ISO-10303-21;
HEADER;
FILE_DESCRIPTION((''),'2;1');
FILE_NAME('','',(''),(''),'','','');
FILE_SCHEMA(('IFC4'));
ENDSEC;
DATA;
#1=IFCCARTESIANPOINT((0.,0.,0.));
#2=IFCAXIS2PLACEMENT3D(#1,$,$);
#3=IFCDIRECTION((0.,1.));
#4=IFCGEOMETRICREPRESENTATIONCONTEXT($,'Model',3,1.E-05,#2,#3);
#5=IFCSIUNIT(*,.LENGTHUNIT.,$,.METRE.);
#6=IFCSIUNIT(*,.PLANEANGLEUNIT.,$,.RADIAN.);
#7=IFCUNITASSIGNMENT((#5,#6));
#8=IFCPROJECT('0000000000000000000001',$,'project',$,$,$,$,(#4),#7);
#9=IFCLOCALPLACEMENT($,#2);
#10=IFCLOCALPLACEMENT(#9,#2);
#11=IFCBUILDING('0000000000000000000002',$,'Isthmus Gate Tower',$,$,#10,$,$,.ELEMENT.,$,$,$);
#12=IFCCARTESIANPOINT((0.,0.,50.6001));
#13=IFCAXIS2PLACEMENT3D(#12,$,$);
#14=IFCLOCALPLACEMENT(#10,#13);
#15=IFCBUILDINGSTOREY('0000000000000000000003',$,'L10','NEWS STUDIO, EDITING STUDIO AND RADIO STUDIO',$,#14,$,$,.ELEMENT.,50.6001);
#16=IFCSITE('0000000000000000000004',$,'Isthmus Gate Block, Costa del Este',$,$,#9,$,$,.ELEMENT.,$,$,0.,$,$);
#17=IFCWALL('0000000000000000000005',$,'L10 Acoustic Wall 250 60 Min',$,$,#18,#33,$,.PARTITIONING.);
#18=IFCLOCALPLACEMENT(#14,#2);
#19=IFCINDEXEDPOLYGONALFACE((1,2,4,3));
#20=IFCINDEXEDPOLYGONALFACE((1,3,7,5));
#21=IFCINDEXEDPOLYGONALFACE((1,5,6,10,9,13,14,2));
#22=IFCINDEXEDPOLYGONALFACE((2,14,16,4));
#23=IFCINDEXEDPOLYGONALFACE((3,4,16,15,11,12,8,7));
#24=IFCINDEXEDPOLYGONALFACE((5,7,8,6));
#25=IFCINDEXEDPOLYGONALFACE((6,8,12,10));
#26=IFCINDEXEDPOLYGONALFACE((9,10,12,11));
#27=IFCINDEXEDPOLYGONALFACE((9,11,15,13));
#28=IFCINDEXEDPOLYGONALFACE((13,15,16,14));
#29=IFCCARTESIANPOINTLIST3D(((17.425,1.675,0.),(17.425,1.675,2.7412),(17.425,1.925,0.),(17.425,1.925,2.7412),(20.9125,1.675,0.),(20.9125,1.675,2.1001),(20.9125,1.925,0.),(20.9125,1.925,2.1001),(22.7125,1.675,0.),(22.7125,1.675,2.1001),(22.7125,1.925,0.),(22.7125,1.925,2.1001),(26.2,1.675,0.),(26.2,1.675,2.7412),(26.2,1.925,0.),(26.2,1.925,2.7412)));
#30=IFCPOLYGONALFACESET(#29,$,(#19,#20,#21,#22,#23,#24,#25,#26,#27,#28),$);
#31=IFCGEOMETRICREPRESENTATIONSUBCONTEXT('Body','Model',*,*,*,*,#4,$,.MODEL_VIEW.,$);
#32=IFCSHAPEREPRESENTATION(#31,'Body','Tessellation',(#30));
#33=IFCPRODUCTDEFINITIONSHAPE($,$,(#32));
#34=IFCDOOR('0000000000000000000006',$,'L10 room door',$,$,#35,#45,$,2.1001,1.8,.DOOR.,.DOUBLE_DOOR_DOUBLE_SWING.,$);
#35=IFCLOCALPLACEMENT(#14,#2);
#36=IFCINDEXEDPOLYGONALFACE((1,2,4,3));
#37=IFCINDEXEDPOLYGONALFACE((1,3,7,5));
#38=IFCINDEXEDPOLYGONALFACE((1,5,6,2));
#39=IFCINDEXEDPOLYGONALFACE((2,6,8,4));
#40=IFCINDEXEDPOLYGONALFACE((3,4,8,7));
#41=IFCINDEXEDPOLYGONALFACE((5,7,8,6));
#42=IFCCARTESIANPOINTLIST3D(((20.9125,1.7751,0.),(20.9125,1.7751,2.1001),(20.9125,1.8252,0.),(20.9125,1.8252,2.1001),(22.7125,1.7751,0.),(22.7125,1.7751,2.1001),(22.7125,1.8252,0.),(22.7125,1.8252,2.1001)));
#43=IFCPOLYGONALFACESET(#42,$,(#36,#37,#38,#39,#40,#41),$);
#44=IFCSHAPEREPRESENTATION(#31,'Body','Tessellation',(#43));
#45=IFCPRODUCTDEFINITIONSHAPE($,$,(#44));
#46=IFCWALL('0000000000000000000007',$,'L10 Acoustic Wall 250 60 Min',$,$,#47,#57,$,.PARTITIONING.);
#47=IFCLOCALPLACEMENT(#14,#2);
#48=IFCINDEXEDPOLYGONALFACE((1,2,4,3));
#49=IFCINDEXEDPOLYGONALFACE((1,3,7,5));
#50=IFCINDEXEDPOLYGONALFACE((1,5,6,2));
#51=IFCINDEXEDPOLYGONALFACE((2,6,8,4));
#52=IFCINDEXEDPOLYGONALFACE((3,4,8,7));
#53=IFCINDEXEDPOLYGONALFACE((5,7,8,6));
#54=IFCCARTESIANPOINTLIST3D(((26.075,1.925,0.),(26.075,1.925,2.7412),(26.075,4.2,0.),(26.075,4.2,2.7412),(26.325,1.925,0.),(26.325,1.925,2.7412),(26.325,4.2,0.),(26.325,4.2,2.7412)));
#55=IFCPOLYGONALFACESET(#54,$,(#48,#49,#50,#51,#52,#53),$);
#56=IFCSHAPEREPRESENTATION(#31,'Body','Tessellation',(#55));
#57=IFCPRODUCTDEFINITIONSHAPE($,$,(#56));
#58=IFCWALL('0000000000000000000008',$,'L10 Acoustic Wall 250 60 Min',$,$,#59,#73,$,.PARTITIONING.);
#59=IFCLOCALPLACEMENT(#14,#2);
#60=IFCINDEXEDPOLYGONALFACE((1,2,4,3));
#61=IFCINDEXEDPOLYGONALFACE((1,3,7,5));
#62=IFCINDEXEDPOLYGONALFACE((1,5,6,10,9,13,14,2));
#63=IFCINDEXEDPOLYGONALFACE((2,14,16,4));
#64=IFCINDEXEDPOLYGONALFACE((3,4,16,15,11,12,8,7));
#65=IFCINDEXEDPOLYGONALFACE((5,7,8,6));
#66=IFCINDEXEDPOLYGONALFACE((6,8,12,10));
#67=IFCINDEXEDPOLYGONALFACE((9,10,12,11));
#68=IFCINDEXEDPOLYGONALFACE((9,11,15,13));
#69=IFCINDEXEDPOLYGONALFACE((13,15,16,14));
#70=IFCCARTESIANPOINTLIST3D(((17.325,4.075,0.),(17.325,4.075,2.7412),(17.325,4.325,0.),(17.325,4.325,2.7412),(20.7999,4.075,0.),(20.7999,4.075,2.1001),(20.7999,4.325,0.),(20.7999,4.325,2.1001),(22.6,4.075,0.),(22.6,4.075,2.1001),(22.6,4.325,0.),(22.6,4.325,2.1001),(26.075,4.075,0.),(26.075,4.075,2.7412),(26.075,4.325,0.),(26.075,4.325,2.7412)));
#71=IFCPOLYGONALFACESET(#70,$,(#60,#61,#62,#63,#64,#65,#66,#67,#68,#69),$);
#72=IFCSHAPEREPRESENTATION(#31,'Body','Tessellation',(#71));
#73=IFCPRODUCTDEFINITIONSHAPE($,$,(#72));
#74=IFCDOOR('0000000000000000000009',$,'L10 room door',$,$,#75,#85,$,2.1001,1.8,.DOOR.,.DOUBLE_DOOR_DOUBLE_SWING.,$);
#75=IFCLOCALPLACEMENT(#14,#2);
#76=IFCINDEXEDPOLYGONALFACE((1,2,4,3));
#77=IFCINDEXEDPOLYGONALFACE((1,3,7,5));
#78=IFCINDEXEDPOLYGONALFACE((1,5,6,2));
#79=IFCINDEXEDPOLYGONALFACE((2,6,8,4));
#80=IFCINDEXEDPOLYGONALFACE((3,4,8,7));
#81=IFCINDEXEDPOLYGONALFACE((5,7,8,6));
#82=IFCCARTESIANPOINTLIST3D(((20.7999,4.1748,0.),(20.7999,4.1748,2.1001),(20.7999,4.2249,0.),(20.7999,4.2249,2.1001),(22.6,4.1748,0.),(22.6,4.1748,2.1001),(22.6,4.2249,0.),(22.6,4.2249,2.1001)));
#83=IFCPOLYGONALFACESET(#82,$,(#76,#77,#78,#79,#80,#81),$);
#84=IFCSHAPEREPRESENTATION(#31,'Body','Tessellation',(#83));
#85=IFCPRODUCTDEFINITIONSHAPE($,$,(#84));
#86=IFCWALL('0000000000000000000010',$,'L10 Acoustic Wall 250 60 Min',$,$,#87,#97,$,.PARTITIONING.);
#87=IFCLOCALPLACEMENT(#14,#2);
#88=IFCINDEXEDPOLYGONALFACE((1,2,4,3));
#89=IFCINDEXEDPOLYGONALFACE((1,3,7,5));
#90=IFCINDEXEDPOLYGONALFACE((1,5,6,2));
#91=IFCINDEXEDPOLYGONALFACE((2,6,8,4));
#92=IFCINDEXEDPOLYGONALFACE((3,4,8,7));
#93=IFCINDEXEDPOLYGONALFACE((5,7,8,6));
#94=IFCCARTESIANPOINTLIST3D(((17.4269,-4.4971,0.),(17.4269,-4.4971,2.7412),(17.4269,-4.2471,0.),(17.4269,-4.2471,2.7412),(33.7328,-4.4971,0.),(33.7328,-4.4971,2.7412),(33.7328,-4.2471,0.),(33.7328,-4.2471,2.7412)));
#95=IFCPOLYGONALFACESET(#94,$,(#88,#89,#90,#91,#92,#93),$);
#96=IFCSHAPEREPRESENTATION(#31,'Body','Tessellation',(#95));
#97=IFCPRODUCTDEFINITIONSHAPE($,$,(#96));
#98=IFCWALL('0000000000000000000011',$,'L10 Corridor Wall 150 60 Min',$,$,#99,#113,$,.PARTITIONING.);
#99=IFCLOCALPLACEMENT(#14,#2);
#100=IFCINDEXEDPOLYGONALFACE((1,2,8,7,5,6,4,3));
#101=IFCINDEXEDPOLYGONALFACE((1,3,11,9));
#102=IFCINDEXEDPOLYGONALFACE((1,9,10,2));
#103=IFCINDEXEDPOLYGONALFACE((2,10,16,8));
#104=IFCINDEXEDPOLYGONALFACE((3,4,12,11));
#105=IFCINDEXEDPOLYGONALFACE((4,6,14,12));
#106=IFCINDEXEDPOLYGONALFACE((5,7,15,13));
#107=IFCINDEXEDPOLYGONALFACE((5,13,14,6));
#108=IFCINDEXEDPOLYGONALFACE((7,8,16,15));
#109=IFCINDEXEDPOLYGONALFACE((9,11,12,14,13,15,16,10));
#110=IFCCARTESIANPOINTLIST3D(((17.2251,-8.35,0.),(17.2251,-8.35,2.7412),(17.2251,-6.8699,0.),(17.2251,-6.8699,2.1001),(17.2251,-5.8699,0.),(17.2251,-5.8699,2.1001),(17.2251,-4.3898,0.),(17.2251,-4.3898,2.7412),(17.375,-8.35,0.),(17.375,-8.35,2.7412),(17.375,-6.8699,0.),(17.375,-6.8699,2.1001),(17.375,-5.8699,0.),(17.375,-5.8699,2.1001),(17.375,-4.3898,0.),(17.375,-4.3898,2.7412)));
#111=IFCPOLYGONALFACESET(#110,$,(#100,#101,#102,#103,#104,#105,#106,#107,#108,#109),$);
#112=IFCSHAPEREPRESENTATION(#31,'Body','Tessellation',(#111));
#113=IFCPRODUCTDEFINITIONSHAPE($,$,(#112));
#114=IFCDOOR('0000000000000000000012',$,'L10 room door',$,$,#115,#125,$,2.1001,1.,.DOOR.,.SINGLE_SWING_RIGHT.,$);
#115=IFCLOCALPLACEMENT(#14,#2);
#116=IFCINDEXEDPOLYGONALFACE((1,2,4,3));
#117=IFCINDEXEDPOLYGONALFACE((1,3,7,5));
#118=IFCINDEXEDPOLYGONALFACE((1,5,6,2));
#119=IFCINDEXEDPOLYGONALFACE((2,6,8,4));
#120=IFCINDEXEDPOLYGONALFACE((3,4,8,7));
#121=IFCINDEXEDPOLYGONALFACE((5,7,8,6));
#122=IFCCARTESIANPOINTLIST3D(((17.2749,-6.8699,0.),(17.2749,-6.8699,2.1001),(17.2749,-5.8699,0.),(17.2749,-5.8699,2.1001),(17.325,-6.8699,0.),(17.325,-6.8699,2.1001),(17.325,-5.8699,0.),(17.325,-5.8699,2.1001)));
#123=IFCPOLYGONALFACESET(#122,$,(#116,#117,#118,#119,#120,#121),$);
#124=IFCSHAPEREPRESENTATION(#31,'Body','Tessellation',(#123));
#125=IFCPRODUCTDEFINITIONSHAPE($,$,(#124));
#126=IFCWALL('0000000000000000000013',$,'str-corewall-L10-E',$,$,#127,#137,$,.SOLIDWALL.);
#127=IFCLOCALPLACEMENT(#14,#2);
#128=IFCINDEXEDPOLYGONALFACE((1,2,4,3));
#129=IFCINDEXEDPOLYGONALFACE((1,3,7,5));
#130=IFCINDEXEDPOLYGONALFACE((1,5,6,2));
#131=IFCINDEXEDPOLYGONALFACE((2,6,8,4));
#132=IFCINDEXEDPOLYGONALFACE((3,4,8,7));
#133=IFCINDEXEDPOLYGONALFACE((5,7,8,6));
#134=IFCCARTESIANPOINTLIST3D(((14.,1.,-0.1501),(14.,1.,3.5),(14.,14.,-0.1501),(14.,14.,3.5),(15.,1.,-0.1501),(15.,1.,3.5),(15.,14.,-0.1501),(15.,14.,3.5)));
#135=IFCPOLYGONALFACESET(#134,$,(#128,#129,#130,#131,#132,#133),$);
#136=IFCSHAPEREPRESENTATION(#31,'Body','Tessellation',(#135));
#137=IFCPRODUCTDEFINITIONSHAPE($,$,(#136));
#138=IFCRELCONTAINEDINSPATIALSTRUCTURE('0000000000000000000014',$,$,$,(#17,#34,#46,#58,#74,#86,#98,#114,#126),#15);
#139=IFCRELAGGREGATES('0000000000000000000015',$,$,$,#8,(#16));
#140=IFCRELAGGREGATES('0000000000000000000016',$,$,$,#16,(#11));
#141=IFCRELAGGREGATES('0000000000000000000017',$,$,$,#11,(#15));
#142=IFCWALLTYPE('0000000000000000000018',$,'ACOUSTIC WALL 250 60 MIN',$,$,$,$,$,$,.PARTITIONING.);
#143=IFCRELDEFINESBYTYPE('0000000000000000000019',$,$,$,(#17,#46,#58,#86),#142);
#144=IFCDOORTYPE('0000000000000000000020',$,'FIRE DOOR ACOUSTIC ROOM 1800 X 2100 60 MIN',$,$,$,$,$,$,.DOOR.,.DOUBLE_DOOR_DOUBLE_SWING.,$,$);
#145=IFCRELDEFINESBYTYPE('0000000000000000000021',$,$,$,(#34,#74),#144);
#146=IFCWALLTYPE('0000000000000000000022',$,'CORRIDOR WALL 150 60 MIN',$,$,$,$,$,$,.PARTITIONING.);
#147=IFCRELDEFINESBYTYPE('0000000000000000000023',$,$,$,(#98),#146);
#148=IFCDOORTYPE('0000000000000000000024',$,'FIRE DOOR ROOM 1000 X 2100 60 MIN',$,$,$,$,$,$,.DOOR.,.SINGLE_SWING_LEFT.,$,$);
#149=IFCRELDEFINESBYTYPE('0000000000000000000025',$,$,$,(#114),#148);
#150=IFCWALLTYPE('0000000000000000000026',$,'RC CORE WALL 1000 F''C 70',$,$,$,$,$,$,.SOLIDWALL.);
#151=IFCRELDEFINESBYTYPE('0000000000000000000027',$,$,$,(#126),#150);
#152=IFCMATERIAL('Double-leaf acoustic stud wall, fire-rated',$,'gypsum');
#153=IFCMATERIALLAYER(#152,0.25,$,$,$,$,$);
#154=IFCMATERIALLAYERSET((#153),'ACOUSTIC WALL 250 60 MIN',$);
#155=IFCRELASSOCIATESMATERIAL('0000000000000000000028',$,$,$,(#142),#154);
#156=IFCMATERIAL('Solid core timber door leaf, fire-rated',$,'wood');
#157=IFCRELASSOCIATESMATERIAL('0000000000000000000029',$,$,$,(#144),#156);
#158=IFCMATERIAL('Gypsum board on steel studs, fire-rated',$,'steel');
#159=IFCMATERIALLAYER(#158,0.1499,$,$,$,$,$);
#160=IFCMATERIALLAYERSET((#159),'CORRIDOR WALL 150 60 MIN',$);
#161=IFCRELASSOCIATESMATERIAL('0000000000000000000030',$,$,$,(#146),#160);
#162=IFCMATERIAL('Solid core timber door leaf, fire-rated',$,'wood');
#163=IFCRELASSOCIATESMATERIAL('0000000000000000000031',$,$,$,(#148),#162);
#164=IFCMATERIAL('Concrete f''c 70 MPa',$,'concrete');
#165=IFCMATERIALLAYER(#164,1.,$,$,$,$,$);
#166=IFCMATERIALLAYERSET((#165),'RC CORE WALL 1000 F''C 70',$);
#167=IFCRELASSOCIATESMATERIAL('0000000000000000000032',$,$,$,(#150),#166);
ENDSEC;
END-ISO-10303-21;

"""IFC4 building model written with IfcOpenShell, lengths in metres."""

from ifc_helpers import new_model, si_unit, direction, frame, frame_2d, origin, place, context, subcontext, project, spatial, rectangle, extrude, material, layer, layer_set, type_object, element, fill, save


model = new_model("IFC4")

# Units and contexts
model_context = context("Model", 3, precision=1e-05, world=origin(), true_north=direction((0.0, 1.0)))
body_context = subcontext(model_context, "Body", "Model", "MODEL_VIEW")
ifc_project = project(units=[si_unit("LENGTHUNIT", "METRE"), si_unit("PLANEANGLEUNIT", "RADIAN")], contexts=[model_context])

# Site, building, storey
site_placement = place(None, origin())
site = spatial("IfcSite", under=ifc_project, at=site_placement, Name="Isthmus Gate Block, Costa del Este", CompositionType="ELEMENT", RefElevation=0.0)
building_placement = place(site_placement, origin())
building = spatial("IfcBuilding", under=site, at=building_placement, Name="Isthmus Gate Tower", CompositionType="ELEMENT")
storey_placement = place(building_placement, frame((0.0, 0.0, 50.6001)))
storey = spatial("IfcBuildingStorey", under=building, at=storey_placement, Name="L10", Description="NEWS STUDIO, EDITING STUDIO AND RADIO STUDIO", CompositionType="ELEMENT", Elevation=50.6001)

# Shared definitions
ifc_material_1 = material(Name="Double-leaf acoustic stud wall, fire-rated", Category="gypsum")
ifc_layer_1 = layer(ifc_material_1, 0.25)
ifc_layer_set_1 = layer_set([ifc_layer_1], Name="ACOUSTIC WALL 250 60 MIN")
wall_type_1 = type_object("IfcWallType", Name="ACOUSTIC WALL 250 60 MIN", PredefinedType="PARTITIONING", material=ifc_layer_set_1)
ifc_material_2 = material(Name="Solid core timber door leaf, fire-rated", Category="wood")
door_type_1 = type_object("IfcDoorType", Name="FIRE DOOR ACOUSTIC ROOM 1800 X 2100 60 MIN", OperationType="DOUBLE_DOOR_DOUBLE_SWING", PredefinedType="DOOR", material=ifc_material_2)

# Wall, opening, door
wall_1_placement = place(storey_placement, frame((26.2, 1.8, 0.0), z_axis=(0.0, 0.0, 1.0), x_axis=(-1.0, 0.0, 0.0)))
wall_1 = element("IfcWall", 1, at=wall_1_placement, inside=storey, type_object=wall_type_1, Name="L10 Acoustic Wall 250 60 Min", PredefinedType="PARTITIONING", context=body_context, shape_type="SweptSolid", body=[
    extrude(rectangle(XDim=8.7749, YDim=0.25, at=frame_2d((4.3875, 0.0))), origin(), (0.0, 0.0, 1.0), 2.7412),
])
opening_1_placement = place(wall_1_placement, frame((3.4875, 0.0, 0.0)))
opening_1 = element("IfcOpeningElement", 2, at=opening_1_placement, cuts=wall_1, PredefinedType="OPENING", context=body_context, shape_type="SweptSolid", body=[
    extrude(rectangle(XDim=1.8, YDim=2.1001, at=frame_2d((0.8999, 1.05))), frame((0.0, 0.135, 0.0), z_axis=(0.0, -1.0, 0.0), x_axis=(1.0, 0.0, 0.0)), (0.0, 0.0, 1.0), 0.27),
])
door_1_placement = place(opening_1_placement, origin())
door_1 = element("IfcDoor", 3, at=door_1_placement, inside=storey, type_object=door_type_1, Name="L10 room door", OperationType="DOUBLE_DOOR_DOUBLE_SWING", OverallHeight=2.1001, OverallWidth=1.8, PredefinedType="DOOR", context=body_context, shape_type="SweptSolid", body=[
    extrude(rectangle(XDim=1.8, YDim=2.1001, at=frame_2d((0.8999, 1.05))), frame((0.0, 0.0249, 0.0), z_axis=(0.0, -1.0, 0.0), x_axis=(1.0, 0.0, 0.0)), (0.0, 0.0, 1.0), 0.05),
])
fill(opening_1, door_1)

# Wall
wall_2_placement = place(storey_placement, frame((26.2, 4.2, 0.0), z_axis=(0.0, 0.0, 1.0), x_axis=(0.0, -1.0, 0.0)))
element("IfcWall", 4, at=wall_2_placement, inside=storey, type_object=wall_type_1, Name="L10 Acoustic Wall 250 60 Min", PredefinedType="PARTITIONING", context=body_context, shape_type="SweptSolid", body=[
    extrude(rectangle(XDim=2.2749, YDim=0.25, at=frame_2d((1.1375, 0.0))), origin(), (0.0, 0.0, 1.0), 2.7412),
])

# Wall, opening, door
wall_3_placement = place(storey_placement, frame((17.325, 4.2, 0.0), z_axis=(0.0, 0.0, 1.0), x_axis=(1.0, 0.0, 0.0)))
wall_3 = element("IfcWall", 5, at=wall_3_placement, inside=storey, type_object=wall_type_1, Name="L10 Acoustic Wall 250 60 Min", PredefinedType="PARTITIONING", context=body_context, shape_type="SweptSolid", body=[
    extrude(rectangle(XDim=8.75, YDim=0.25, at=frame_2d((4.375, 0.0))), origin(), (0.0, 0.0, 1.0), 2.7412),
])
opening_2_placement = place(wall_3_placement, frame((3.4751, 0.0, 0.0)))
opening_2 = element("IfcOpeningElement", 6, at=opening_2_placement, cuts=wall_3, PredefinedType="OPENING", context=body_context, shape_type="SweptSolid", body=[
    extrude(rectangle(XDim=1.8, YDim=2.1001, at=frame_2d((0.8999, 1.05))), frame((0.0, 0.135, 0.0), z_axis=(0.0, -1.0, 0.0), x_axis=(1.0, 0.0, 0.0)), (0.0, 0.0, 1.0), 0.27),
])
door_2_placement = place(opening_2_placement, origin())
door_2 = element("IfcDoor", 7, at=door_2_placement, inside=storey, type_object=door_type_1, Name="L10 room door", OperationType="DOUBLE_DOOR_DOUBLE_SWING", OverallHeight=2.1001, OverallWidth=1.8, PredefinedType="DOOR", context=body_context, shape_type="SweptSolid", body=[
    extrude(rectangle(XDim=1.8, YDim=2.1001, at=frame_2d((0.8999, 1.05))), frame((0.0, 0.0249, 0.0), z_axis=(0.0, -1.0, 0.0), x_axis=(1.0, 0.0, 0.0)), (0.0, 0.0, 1.0), 0.05),
])
fill(opening_2, door_2)

# Wall
wall_4_placement = place(storey_placement, frame((17.427, -4.3721, 0.0), z_axis=(0.0, 0.0, 1.0), x_axis=(1.0, 0.0, 0.0)))
element("IfcWall", 8, at=wall_4_placement, inside=storey, type_object=wall_type_1, Name="L10 Acoustic Wall 250 60 Min", PredefinedType="PARTITIONING", context=body_context, shape_type="SweptSolid", body=[
    extrude(rectangle(XDim=16.3059, YDim=0.25, at=frame_2d((8.1528, 0.0))), origin(), (0.0, 0.0, 1.0), 2.7412),
])

# Wall, opening, door
ifc_material_3 = material(Name="Gypsum board on steel studs, fire-rated", Category="steel")
ifc_layer_2 = layer(ifc_material_3, 0.1499)
ifc_layer_set_2 = layer_set([ifc_layer_2], Name="CORRIDOR WALL 150 60 MIN")
wall_type_2 = type_object("IfcWallType", Name="CORRIDOR WALL 150 60 MIN", PredefinedType="PARTITIONING", material=ifc_layer_set_2)
wall_5_placement = place(storey_placement, frame((17.3, -4.3899, 0.0), z_axis=(0.0, 0.0, 1.0), x_axis=(0.0, -1.0, 0.0)))
wall_5 = element("IfcWall", 9, at=wall_5_placement, inside=storey, type_object=wall_type_2, Name="L10 Corridor Wall 150 60 Min", PredefinedType="PARTITIONING", context=body_context, shape_type="SweptSolid", body=[
    extrude(rectangle(XDim=3.9602, YDim=0.1499, at=frame_2d((1.98, 0.0))), origin(), (0.0, 0.0, 1.0), 2.7412),
])
opening_3_placement = place(wall_5_placement, frame((1.48, 0.0, 0.0)))
opening_3 = element("IfcOpeningElement", 10, at=opening_3_placement, cuts=wall_5, PredefinedType="OPENING", context=body_context, shape_type="SweptSolid", body=[
    extrude(rectangle(XDim=1.0, YDim=2.1001, at=frame_2d((0.5, 1.05))), frame((0.0, 0.085, 0.0), z_axis=(0.0, -1.0, 0.0), x_axis=(1.0, 0.0, 0.0)), (0.0, 0.0, 1.0), 0.1699),
])
ifc_material_4 = material(Name="Solid core timber door leaf, fire-rated", Category="wood")
door_type_2 = type_object("IfcDoorType", Name="FIRE DOOR ROOM 1000 X 2100 60 MIN", OperationType="SINGLE_SWING_LEFT", PredefinedType="DOOR", material=ifc_material_4)
door_3_placement = place(opening_3_placement, origin())
door_3 = element("IfcDoor", 11, at=door_3_placement, inside=storey, type_object=door_type_2, Name="L10 room door", OperationType="SINGLE_SWING_RIGHT", OverallHeight=2.1001, OverallWidth=1.0, PredefinedType="DOOR", context=body_context, shape_type="SweptSolid", body=[
    extrude(rectangle(XDim=1.0, YDim=2.1001, at=frame_2d((0.5, 1.05))), frame((0.0, 0.0249, 0.0), z_axis=(0.0, -1.0, 0.0), x_axis=(1.0, 0.0, 0.0)), (0.0, 0.0, 1.0), 0.05),
])
fill(opening_3, door_3)

# Wall
ifc_material_5 = material(Name="Concrete f'c 70 MPa", Category="concrete")
ifc_layer_3 = layer(ifc_material_5, 1.0)
ifc_layer_set_3 = layer_set([ifc_layer_3], Name="RC CORE WALL 1000 F'C 70")
wall_type_3 = type_object("IfcWallType", Name="RC CORE WALL 1000 F'C 70", PredefinedType="SOLIDWALL", material=ifc_layer_set_3)
wall_6_placement = place(storey_placement, frame((14.5, 1.0, -0.1501), z_axis=(0.0, 0.0, 1.0), x_axis=(0.0, 1.0, 0.0)))
element("IfcWall", 12, at=wall_6_placement, inside=storey, type_object=wall_type_3, Name="str-corewall-L10-E", PredefinedType="SOLIDWALL", context=body_context, shape_type="SweptSolid", body=[
    extrude(rectangle(XDim=13.0, YDim=1.0, at=frame_2d((6.5, 0.0))), origin(), (0.0, 0.0, 1.0), 3.6501),
])

save(model, "model.ifc")
